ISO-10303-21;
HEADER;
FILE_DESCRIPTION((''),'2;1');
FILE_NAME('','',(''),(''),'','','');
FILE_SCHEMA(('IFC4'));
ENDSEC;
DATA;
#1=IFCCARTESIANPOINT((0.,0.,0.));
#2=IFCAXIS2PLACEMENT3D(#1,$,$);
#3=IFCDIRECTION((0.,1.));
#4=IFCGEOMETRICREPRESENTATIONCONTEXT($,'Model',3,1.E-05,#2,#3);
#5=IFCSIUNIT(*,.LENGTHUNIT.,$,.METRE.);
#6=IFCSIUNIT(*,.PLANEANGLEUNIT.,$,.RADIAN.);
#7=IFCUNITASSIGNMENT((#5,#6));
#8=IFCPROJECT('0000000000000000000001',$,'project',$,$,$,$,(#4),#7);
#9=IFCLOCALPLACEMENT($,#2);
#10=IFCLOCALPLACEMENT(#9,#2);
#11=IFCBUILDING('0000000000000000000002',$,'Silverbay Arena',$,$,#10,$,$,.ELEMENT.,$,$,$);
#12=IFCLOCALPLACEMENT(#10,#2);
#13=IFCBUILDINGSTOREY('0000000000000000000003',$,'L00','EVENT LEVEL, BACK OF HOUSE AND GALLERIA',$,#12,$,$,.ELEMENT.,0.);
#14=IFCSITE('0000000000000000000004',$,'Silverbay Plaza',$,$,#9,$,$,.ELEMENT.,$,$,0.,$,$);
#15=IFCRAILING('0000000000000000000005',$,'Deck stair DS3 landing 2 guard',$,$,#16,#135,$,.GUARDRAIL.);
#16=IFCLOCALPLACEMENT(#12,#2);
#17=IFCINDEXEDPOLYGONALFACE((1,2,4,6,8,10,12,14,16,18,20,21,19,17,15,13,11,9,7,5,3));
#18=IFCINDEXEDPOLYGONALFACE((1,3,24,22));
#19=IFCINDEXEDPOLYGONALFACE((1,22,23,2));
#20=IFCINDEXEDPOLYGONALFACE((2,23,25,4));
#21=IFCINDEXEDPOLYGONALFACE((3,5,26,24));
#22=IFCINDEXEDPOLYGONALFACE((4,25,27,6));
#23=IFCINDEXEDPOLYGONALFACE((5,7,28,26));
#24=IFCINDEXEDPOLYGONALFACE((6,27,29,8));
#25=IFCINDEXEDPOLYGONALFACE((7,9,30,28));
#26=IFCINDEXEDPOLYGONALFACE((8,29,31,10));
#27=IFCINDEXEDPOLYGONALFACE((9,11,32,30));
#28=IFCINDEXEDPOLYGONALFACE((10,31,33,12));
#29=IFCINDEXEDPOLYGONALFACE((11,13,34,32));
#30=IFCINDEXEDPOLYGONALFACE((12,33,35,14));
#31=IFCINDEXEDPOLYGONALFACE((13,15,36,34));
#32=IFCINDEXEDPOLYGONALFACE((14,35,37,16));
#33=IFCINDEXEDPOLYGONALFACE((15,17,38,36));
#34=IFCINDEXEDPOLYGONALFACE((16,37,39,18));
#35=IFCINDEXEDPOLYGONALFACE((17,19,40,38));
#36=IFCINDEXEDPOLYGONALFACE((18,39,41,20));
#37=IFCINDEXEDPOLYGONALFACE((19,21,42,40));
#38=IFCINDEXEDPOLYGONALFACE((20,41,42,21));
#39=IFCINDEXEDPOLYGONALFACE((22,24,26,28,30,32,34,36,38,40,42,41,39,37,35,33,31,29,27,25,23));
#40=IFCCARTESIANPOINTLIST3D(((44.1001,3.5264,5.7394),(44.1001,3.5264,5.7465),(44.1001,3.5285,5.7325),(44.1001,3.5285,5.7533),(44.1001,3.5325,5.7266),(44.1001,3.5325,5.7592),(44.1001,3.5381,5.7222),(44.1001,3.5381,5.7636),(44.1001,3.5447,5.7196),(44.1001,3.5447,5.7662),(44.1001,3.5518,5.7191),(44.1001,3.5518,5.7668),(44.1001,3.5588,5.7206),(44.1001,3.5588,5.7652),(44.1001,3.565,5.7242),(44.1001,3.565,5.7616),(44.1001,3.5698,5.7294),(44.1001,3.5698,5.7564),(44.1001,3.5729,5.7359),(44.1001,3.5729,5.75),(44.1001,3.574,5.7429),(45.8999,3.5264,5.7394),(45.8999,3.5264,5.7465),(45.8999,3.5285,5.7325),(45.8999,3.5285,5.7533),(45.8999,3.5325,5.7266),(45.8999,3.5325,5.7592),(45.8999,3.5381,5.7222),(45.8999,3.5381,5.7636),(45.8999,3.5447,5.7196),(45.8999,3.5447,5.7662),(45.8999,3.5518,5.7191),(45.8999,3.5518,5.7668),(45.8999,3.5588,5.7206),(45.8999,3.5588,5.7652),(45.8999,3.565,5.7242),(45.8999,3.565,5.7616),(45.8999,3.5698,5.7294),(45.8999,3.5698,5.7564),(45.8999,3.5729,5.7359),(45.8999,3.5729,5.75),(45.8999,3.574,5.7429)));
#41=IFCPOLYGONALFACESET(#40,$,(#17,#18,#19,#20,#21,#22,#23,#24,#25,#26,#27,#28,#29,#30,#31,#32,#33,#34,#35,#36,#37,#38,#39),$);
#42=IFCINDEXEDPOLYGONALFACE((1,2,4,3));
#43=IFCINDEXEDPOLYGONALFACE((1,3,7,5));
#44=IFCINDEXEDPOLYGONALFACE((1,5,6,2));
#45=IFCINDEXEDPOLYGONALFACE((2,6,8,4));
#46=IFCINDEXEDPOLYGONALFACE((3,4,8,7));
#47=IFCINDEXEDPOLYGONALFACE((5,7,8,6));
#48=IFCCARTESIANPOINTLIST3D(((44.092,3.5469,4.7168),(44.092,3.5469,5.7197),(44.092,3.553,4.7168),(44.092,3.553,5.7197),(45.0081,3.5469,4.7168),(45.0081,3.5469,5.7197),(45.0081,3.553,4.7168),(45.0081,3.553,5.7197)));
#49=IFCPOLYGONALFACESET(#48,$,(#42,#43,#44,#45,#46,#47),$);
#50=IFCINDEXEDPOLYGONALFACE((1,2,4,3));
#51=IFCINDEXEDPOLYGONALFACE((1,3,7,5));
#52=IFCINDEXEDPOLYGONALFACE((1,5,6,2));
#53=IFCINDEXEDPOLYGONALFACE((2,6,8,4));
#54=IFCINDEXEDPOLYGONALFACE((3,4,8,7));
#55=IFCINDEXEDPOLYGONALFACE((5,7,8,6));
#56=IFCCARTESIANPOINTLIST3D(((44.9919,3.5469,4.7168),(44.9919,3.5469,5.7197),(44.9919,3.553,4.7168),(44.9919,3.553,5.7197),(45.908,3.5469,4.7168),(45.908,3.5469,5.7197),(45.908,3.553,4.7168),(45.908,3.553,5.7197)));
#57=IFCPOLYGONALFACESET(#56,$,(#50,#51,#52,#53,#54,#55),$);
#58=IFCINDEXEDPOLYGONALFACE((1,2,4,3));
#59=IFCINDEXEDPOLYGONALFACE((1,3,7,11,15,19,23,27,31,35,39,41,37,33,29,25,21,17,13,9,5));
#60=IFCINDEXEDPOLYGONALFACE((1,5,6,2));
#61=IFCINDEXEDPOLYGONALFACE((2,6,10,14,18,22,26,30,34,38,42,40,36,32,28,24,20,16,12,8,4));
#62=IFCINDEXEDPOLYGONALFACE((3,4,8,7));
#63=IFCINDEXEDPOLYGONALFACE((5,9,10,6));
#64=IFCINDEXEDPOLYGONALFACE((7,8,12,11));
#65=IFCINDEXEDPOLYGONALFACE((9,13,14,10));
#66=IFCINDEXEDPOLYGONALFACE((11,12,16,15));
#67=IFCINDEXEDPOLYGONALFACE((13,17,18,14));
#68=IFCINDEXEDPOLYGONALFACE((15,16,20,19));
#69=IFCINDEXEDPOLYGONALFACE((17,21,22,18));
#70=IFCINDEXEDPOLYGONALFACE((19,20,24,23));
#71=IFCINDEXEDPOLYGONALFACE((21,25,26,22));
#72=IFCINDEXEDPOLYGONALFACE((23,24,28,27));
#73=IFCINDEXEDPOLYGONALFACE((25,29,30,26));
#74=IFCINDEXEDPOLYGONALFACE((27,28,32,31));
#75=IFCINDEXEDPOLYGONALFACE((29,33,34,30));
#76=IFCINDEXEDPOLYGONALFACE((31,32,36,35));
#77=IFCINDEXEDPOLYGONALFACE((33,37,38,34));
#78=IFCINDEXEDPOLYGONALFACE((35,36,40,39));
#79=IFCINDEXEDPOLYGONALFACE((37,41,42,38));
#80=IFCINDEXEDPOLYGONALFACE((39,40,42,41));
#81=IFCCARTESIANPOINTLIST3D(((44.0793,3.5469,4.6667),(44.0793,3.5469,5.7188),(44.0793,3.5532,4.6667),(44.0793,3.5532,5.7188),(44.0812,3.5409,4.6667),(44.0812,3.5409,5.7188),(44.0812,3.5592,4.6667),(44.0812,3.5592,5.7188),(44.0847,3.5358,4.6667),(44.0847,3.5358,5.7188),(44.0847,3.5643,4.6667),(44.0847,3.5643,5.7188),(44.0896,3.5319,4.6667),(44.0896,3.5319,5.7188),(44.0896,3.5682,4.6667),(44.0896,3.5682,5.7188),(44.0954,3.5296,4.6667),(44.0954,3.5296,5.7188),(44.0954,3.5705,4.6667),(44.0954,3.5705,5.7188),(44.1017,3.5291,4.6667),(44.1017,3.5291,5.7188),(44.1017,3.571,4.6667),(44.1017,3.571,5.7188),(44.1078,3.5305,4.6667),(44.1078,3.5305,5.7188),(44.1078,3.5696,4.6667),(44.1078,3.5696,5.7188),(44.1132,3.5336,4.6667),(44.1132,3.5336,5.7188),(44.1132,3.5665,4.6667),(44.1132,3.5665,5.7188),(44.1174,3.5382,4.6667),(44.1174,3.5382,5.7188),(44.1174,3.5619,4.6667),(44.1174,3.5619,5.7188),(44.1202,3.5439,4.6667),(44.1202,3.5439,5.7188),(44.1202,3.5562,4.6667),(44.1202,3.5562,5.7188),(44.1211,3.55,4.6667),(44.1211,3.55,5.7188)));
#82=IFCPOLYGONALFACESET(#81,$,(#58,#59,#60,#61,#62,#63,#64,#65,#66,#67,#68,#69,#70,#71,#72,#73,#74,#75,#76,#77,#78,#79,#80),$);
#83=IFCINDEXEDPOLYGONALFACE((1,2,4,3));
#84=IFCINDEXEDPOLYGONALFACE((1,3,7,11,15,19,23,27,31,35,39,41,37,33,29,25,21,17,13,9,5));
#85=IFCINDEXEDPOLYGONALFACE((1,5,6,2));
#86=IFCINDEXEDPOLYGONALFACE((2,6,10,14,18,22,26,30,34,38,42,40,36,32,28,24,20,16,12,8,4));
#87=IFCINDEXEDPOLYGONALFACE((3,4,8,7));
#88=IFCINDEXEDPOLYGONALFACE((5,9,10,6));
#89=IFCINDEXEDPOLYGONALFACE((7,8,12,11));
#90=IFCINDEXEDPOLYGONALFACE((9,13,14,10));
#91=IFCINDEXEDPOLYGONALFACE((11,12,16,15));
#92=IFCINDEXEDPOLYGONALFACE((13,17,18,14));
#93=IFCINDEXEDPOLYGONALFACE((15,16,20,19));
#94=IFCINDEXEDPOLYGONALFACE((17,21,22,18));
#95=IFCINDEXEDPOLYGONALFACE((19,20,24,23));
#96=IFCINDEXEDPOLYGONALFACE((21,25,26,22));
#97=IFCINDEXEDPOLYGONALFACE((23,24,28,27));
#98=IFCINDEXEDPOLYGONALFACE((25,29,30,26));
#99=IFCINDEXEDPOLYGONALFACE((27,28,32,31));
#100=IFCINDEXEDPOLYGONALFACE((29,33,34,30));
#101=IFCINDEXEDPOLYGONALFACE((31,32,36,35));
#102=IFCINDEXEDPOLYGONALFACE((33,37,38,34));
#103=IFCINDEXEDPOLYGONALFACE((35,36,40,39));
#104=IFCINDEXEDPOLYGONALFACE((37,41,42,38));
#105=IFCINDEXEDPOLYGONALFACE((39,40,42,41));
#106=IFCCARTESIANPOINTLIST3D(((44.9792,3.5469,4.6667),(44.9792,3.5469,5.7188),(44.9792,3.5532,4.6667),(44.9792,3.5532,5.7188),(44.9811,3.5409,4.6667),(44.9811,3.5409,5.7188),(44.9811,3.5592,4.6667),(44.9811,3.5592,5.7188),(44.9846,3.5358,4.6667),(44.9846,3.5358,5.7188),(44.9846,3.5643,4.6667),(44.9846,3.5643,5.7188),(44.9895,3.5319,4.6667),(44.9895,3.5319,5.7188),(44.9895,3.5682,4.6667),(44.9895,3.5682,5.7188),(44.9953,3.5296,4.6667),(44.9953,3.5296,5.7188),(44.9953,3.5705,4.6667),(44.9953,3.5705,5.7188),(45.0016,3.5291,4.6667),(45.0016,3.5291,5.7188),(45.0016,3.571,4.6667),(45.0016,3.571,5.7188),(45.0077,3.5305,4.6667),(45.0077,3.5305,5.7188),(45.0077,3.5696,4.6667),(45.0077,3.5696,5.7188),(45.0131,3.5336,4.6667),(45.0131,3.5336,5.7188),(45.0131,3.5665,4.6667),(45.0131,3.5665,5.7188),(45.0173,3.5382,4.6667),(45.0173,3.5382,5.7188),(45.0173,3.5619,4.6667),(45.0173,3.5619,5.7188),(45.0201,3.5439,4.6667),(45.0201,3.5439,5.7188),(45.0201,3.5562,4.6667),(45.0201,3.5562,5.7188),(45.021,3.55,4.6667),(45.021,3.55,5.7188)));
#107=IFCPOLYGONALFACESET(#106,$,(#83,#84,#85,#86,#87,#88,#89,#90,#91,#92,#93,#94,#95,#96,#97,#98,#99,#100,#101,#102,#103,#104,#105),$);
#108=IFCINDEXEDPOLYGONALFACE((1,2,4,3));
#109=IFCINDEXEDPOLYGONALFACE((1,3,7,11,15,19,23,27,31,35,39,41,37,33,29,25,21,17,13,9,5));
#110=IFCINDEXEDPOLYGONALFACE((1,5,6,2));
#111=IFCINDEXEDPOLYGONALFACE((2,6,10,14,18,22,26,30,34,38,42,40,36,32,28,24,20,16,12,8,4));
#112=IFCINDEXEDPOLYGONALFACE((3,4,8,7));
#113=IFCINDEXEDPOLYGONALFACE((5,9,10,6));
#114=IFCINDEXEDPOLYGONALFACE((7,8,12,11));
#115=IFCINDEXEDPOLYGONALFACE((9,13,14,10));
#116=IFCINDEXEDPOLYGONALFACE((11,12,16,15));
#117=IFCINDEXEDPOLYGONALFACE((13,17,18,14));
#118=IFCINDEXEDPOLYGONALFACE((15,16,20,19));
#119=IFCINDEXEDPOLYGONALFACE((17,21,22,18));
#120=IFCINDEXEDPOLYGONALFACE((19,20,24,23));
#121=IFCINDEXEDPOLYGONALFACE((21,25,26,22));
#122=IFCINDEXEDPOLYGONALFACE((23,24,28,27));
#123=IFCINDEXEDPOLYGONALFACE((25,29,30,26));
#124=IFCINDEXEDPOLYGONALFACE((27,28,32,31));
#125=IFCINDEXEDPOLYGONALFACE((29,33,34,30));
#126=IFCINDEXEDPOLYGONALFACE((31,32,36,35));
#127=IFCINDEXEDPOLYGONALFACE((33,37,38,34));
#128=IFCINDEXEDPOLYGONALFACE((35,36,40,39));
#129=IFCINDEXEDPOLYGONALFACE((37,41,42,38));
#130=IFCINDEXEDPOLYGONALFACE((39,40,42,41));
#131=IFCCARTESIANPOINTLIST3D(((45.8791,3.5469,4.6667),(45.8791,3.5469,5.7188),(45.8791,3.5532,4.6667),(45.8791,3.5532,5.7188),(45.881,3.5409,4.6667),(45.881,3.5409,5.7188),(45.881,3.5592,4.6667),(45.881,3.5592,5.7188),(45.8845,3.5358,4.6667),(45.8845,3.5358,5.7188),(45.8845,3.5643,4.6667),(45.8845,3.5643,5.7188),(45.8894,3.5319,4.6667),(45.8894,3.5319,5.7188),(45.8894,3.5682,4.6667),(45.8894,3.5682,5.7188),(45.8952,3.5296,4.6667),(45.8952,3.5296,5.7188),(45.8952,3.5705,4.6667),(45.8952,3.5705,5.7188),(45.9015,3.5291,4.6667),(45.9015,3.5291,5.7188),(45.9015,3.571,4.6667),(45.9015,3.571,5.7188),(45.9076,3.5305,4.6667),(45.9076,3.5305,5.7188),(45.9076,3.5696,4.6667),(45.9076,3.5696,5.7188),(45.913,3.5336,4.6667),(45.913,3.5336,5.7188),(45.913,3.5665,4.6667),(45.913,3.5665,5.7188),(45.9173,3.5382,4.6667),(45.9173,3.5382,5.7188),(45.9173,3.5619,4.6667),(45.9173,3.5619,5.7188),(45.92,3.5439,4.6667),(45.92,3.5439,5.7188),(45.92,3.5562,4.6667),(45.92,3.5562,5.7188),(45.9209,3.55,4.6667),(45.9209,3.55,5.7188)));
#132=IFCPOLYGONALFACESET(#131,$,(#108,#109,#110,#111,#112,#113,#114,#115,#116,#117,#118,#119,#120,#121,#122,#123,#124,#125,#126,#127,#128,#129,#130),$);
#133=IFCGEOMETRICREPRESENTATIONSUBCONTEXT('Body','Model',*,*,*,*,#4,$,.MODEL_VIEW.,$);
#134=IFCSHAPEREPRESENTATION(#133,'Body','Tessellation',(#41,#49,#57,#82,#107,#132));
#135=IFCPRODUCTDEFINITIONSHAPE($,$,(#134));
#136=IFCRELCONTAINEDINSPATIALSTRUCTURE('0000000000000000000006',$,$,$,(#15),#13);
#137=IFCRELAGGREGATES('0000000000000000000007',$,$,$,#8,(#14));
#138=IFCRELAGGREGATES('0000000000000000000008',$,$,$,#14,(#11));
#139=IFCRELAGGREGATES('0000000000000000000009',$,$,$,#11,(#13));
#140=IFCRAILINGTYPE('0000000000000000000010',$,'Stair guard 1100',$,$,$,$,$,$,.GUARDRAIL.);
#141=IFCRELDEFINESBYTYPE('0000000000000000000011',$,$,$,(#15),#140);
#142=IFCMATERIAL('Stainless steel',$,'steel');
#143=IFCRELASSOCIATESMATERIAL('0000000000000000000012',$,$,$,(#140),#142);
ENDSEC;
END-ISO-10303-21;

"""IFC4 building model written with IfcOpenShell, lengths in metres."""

from ifc_helpers import new_model, si_unit, direction, frame, origin, origin_2d, place, context, subcontext, project, spatial, polyline, circle, outline, extrude, material, type_object, element, save


model = new_model("IFC4")

# Units and contexts
model_context = context("Model", 3, precision=1e-05, world=origin(), true_north=direction((0.0, 1.0)))
body_context = subcontext(model_context, "Body", "Model", "MODEL_VIEW")
ifc_project = project(units=[si_unit("LENGTHUNIT", "METRE"), si_unit("PLANEANGLEUNIT", "RADIAN")], contexts=[model_context])

# Site, building, storey
site_placement = place(None, origin())
site = spatial("IfcSite", under=ifc_project, at=site_placement, Name="Silverbay Plaza", CompositionType="ELEMENT", RefElevation=0.0)
building_placement = place(site_placement, origin())
building = spatial("IfcBuilding", under=site, at=building_placement, Name="Silverbay Arena", CompositionType="ELEMENT")
storey_placement = place(building_placement, origin())
storey = spatial("IfcBuildingStorey", under=building, at=storey_placement, Name="L00", Description="EVENT LEVEL, BACK OF HOUSE AND GALLERIA", CompositionType="ELEMENT", Elevation=0.0)

# Railing
ifc_material_1 = material(Name="Stainless steel", Category="steel")
railing_type_1 = type_object("IfcRailingType", Name="Stair guard 1100", PredefinedType="GUARDRAIL", material=ifc_material_1)
for number, where, name in (
    (1, (44.1001, 3.55, 4.6667), "Deck stair DS3 landing 2 guard"),
):
    element("IfcRailing", number, at=place(storey_placement, frame(where)), inside=storey, type_object=railing_type_1, Name=name, PredefinedType="GUARDRAIL", context=body_context, shape_type="SweptSolid", body=[
        extrude(circle(Radius=0.0239, at=origin_2d()), frame((0.0, 0.0, 1.0762), z_axis=(1.0, 0.0, 0.0), x_axis=(0.0, 1.0, 0.0)), (0.0, 0.0, 1.0), 1.7998),
        extrude(outline(polyline([(-0.0081, 0.05), (0.908, 0.05), (0.908, 1.053), (-0.0081, 1.053), (-0.0081, 0.05)])), frame((0.0, 0.0029, 0.0), z_axis=(0.0, -1.0, 0.0), x_axis=(1.0, 0.0, 0.0)), (0.0, 0.0, 1.0), 0.0061),
        extrude(outline(polyline([(-0.0081, 0.05), (0.908, 0.05), (0.908, 1.053), (-0.0081, 1.053), (-0.0081, 0.05)])), frame((0.8999, 0.0029, 0.0), z_axis=(0.0, -1.0, 0.0), x_axis=(1.0, 0.0, 0.0)), (0.0, 0.0, 1.0), 0.0061),
        extrude(circle(Radius=0.021, at=origin_2d()), origin(), (0.0, 0.0, 1.0), 1.052),
        extrude(circle(Radius=0.021, at=origin_2d()), frame((0.8999, 0.0, 0.0)), (0.0, 0.0, 1.0), 1.052),
        extrude(circle(Radius=0.021, at=origin_2d()), frame((1.7998, 0.0, 0.0)), (0.0, 0.0, 1.0), 1.052),
    ])

save(model, "model.ifc")
